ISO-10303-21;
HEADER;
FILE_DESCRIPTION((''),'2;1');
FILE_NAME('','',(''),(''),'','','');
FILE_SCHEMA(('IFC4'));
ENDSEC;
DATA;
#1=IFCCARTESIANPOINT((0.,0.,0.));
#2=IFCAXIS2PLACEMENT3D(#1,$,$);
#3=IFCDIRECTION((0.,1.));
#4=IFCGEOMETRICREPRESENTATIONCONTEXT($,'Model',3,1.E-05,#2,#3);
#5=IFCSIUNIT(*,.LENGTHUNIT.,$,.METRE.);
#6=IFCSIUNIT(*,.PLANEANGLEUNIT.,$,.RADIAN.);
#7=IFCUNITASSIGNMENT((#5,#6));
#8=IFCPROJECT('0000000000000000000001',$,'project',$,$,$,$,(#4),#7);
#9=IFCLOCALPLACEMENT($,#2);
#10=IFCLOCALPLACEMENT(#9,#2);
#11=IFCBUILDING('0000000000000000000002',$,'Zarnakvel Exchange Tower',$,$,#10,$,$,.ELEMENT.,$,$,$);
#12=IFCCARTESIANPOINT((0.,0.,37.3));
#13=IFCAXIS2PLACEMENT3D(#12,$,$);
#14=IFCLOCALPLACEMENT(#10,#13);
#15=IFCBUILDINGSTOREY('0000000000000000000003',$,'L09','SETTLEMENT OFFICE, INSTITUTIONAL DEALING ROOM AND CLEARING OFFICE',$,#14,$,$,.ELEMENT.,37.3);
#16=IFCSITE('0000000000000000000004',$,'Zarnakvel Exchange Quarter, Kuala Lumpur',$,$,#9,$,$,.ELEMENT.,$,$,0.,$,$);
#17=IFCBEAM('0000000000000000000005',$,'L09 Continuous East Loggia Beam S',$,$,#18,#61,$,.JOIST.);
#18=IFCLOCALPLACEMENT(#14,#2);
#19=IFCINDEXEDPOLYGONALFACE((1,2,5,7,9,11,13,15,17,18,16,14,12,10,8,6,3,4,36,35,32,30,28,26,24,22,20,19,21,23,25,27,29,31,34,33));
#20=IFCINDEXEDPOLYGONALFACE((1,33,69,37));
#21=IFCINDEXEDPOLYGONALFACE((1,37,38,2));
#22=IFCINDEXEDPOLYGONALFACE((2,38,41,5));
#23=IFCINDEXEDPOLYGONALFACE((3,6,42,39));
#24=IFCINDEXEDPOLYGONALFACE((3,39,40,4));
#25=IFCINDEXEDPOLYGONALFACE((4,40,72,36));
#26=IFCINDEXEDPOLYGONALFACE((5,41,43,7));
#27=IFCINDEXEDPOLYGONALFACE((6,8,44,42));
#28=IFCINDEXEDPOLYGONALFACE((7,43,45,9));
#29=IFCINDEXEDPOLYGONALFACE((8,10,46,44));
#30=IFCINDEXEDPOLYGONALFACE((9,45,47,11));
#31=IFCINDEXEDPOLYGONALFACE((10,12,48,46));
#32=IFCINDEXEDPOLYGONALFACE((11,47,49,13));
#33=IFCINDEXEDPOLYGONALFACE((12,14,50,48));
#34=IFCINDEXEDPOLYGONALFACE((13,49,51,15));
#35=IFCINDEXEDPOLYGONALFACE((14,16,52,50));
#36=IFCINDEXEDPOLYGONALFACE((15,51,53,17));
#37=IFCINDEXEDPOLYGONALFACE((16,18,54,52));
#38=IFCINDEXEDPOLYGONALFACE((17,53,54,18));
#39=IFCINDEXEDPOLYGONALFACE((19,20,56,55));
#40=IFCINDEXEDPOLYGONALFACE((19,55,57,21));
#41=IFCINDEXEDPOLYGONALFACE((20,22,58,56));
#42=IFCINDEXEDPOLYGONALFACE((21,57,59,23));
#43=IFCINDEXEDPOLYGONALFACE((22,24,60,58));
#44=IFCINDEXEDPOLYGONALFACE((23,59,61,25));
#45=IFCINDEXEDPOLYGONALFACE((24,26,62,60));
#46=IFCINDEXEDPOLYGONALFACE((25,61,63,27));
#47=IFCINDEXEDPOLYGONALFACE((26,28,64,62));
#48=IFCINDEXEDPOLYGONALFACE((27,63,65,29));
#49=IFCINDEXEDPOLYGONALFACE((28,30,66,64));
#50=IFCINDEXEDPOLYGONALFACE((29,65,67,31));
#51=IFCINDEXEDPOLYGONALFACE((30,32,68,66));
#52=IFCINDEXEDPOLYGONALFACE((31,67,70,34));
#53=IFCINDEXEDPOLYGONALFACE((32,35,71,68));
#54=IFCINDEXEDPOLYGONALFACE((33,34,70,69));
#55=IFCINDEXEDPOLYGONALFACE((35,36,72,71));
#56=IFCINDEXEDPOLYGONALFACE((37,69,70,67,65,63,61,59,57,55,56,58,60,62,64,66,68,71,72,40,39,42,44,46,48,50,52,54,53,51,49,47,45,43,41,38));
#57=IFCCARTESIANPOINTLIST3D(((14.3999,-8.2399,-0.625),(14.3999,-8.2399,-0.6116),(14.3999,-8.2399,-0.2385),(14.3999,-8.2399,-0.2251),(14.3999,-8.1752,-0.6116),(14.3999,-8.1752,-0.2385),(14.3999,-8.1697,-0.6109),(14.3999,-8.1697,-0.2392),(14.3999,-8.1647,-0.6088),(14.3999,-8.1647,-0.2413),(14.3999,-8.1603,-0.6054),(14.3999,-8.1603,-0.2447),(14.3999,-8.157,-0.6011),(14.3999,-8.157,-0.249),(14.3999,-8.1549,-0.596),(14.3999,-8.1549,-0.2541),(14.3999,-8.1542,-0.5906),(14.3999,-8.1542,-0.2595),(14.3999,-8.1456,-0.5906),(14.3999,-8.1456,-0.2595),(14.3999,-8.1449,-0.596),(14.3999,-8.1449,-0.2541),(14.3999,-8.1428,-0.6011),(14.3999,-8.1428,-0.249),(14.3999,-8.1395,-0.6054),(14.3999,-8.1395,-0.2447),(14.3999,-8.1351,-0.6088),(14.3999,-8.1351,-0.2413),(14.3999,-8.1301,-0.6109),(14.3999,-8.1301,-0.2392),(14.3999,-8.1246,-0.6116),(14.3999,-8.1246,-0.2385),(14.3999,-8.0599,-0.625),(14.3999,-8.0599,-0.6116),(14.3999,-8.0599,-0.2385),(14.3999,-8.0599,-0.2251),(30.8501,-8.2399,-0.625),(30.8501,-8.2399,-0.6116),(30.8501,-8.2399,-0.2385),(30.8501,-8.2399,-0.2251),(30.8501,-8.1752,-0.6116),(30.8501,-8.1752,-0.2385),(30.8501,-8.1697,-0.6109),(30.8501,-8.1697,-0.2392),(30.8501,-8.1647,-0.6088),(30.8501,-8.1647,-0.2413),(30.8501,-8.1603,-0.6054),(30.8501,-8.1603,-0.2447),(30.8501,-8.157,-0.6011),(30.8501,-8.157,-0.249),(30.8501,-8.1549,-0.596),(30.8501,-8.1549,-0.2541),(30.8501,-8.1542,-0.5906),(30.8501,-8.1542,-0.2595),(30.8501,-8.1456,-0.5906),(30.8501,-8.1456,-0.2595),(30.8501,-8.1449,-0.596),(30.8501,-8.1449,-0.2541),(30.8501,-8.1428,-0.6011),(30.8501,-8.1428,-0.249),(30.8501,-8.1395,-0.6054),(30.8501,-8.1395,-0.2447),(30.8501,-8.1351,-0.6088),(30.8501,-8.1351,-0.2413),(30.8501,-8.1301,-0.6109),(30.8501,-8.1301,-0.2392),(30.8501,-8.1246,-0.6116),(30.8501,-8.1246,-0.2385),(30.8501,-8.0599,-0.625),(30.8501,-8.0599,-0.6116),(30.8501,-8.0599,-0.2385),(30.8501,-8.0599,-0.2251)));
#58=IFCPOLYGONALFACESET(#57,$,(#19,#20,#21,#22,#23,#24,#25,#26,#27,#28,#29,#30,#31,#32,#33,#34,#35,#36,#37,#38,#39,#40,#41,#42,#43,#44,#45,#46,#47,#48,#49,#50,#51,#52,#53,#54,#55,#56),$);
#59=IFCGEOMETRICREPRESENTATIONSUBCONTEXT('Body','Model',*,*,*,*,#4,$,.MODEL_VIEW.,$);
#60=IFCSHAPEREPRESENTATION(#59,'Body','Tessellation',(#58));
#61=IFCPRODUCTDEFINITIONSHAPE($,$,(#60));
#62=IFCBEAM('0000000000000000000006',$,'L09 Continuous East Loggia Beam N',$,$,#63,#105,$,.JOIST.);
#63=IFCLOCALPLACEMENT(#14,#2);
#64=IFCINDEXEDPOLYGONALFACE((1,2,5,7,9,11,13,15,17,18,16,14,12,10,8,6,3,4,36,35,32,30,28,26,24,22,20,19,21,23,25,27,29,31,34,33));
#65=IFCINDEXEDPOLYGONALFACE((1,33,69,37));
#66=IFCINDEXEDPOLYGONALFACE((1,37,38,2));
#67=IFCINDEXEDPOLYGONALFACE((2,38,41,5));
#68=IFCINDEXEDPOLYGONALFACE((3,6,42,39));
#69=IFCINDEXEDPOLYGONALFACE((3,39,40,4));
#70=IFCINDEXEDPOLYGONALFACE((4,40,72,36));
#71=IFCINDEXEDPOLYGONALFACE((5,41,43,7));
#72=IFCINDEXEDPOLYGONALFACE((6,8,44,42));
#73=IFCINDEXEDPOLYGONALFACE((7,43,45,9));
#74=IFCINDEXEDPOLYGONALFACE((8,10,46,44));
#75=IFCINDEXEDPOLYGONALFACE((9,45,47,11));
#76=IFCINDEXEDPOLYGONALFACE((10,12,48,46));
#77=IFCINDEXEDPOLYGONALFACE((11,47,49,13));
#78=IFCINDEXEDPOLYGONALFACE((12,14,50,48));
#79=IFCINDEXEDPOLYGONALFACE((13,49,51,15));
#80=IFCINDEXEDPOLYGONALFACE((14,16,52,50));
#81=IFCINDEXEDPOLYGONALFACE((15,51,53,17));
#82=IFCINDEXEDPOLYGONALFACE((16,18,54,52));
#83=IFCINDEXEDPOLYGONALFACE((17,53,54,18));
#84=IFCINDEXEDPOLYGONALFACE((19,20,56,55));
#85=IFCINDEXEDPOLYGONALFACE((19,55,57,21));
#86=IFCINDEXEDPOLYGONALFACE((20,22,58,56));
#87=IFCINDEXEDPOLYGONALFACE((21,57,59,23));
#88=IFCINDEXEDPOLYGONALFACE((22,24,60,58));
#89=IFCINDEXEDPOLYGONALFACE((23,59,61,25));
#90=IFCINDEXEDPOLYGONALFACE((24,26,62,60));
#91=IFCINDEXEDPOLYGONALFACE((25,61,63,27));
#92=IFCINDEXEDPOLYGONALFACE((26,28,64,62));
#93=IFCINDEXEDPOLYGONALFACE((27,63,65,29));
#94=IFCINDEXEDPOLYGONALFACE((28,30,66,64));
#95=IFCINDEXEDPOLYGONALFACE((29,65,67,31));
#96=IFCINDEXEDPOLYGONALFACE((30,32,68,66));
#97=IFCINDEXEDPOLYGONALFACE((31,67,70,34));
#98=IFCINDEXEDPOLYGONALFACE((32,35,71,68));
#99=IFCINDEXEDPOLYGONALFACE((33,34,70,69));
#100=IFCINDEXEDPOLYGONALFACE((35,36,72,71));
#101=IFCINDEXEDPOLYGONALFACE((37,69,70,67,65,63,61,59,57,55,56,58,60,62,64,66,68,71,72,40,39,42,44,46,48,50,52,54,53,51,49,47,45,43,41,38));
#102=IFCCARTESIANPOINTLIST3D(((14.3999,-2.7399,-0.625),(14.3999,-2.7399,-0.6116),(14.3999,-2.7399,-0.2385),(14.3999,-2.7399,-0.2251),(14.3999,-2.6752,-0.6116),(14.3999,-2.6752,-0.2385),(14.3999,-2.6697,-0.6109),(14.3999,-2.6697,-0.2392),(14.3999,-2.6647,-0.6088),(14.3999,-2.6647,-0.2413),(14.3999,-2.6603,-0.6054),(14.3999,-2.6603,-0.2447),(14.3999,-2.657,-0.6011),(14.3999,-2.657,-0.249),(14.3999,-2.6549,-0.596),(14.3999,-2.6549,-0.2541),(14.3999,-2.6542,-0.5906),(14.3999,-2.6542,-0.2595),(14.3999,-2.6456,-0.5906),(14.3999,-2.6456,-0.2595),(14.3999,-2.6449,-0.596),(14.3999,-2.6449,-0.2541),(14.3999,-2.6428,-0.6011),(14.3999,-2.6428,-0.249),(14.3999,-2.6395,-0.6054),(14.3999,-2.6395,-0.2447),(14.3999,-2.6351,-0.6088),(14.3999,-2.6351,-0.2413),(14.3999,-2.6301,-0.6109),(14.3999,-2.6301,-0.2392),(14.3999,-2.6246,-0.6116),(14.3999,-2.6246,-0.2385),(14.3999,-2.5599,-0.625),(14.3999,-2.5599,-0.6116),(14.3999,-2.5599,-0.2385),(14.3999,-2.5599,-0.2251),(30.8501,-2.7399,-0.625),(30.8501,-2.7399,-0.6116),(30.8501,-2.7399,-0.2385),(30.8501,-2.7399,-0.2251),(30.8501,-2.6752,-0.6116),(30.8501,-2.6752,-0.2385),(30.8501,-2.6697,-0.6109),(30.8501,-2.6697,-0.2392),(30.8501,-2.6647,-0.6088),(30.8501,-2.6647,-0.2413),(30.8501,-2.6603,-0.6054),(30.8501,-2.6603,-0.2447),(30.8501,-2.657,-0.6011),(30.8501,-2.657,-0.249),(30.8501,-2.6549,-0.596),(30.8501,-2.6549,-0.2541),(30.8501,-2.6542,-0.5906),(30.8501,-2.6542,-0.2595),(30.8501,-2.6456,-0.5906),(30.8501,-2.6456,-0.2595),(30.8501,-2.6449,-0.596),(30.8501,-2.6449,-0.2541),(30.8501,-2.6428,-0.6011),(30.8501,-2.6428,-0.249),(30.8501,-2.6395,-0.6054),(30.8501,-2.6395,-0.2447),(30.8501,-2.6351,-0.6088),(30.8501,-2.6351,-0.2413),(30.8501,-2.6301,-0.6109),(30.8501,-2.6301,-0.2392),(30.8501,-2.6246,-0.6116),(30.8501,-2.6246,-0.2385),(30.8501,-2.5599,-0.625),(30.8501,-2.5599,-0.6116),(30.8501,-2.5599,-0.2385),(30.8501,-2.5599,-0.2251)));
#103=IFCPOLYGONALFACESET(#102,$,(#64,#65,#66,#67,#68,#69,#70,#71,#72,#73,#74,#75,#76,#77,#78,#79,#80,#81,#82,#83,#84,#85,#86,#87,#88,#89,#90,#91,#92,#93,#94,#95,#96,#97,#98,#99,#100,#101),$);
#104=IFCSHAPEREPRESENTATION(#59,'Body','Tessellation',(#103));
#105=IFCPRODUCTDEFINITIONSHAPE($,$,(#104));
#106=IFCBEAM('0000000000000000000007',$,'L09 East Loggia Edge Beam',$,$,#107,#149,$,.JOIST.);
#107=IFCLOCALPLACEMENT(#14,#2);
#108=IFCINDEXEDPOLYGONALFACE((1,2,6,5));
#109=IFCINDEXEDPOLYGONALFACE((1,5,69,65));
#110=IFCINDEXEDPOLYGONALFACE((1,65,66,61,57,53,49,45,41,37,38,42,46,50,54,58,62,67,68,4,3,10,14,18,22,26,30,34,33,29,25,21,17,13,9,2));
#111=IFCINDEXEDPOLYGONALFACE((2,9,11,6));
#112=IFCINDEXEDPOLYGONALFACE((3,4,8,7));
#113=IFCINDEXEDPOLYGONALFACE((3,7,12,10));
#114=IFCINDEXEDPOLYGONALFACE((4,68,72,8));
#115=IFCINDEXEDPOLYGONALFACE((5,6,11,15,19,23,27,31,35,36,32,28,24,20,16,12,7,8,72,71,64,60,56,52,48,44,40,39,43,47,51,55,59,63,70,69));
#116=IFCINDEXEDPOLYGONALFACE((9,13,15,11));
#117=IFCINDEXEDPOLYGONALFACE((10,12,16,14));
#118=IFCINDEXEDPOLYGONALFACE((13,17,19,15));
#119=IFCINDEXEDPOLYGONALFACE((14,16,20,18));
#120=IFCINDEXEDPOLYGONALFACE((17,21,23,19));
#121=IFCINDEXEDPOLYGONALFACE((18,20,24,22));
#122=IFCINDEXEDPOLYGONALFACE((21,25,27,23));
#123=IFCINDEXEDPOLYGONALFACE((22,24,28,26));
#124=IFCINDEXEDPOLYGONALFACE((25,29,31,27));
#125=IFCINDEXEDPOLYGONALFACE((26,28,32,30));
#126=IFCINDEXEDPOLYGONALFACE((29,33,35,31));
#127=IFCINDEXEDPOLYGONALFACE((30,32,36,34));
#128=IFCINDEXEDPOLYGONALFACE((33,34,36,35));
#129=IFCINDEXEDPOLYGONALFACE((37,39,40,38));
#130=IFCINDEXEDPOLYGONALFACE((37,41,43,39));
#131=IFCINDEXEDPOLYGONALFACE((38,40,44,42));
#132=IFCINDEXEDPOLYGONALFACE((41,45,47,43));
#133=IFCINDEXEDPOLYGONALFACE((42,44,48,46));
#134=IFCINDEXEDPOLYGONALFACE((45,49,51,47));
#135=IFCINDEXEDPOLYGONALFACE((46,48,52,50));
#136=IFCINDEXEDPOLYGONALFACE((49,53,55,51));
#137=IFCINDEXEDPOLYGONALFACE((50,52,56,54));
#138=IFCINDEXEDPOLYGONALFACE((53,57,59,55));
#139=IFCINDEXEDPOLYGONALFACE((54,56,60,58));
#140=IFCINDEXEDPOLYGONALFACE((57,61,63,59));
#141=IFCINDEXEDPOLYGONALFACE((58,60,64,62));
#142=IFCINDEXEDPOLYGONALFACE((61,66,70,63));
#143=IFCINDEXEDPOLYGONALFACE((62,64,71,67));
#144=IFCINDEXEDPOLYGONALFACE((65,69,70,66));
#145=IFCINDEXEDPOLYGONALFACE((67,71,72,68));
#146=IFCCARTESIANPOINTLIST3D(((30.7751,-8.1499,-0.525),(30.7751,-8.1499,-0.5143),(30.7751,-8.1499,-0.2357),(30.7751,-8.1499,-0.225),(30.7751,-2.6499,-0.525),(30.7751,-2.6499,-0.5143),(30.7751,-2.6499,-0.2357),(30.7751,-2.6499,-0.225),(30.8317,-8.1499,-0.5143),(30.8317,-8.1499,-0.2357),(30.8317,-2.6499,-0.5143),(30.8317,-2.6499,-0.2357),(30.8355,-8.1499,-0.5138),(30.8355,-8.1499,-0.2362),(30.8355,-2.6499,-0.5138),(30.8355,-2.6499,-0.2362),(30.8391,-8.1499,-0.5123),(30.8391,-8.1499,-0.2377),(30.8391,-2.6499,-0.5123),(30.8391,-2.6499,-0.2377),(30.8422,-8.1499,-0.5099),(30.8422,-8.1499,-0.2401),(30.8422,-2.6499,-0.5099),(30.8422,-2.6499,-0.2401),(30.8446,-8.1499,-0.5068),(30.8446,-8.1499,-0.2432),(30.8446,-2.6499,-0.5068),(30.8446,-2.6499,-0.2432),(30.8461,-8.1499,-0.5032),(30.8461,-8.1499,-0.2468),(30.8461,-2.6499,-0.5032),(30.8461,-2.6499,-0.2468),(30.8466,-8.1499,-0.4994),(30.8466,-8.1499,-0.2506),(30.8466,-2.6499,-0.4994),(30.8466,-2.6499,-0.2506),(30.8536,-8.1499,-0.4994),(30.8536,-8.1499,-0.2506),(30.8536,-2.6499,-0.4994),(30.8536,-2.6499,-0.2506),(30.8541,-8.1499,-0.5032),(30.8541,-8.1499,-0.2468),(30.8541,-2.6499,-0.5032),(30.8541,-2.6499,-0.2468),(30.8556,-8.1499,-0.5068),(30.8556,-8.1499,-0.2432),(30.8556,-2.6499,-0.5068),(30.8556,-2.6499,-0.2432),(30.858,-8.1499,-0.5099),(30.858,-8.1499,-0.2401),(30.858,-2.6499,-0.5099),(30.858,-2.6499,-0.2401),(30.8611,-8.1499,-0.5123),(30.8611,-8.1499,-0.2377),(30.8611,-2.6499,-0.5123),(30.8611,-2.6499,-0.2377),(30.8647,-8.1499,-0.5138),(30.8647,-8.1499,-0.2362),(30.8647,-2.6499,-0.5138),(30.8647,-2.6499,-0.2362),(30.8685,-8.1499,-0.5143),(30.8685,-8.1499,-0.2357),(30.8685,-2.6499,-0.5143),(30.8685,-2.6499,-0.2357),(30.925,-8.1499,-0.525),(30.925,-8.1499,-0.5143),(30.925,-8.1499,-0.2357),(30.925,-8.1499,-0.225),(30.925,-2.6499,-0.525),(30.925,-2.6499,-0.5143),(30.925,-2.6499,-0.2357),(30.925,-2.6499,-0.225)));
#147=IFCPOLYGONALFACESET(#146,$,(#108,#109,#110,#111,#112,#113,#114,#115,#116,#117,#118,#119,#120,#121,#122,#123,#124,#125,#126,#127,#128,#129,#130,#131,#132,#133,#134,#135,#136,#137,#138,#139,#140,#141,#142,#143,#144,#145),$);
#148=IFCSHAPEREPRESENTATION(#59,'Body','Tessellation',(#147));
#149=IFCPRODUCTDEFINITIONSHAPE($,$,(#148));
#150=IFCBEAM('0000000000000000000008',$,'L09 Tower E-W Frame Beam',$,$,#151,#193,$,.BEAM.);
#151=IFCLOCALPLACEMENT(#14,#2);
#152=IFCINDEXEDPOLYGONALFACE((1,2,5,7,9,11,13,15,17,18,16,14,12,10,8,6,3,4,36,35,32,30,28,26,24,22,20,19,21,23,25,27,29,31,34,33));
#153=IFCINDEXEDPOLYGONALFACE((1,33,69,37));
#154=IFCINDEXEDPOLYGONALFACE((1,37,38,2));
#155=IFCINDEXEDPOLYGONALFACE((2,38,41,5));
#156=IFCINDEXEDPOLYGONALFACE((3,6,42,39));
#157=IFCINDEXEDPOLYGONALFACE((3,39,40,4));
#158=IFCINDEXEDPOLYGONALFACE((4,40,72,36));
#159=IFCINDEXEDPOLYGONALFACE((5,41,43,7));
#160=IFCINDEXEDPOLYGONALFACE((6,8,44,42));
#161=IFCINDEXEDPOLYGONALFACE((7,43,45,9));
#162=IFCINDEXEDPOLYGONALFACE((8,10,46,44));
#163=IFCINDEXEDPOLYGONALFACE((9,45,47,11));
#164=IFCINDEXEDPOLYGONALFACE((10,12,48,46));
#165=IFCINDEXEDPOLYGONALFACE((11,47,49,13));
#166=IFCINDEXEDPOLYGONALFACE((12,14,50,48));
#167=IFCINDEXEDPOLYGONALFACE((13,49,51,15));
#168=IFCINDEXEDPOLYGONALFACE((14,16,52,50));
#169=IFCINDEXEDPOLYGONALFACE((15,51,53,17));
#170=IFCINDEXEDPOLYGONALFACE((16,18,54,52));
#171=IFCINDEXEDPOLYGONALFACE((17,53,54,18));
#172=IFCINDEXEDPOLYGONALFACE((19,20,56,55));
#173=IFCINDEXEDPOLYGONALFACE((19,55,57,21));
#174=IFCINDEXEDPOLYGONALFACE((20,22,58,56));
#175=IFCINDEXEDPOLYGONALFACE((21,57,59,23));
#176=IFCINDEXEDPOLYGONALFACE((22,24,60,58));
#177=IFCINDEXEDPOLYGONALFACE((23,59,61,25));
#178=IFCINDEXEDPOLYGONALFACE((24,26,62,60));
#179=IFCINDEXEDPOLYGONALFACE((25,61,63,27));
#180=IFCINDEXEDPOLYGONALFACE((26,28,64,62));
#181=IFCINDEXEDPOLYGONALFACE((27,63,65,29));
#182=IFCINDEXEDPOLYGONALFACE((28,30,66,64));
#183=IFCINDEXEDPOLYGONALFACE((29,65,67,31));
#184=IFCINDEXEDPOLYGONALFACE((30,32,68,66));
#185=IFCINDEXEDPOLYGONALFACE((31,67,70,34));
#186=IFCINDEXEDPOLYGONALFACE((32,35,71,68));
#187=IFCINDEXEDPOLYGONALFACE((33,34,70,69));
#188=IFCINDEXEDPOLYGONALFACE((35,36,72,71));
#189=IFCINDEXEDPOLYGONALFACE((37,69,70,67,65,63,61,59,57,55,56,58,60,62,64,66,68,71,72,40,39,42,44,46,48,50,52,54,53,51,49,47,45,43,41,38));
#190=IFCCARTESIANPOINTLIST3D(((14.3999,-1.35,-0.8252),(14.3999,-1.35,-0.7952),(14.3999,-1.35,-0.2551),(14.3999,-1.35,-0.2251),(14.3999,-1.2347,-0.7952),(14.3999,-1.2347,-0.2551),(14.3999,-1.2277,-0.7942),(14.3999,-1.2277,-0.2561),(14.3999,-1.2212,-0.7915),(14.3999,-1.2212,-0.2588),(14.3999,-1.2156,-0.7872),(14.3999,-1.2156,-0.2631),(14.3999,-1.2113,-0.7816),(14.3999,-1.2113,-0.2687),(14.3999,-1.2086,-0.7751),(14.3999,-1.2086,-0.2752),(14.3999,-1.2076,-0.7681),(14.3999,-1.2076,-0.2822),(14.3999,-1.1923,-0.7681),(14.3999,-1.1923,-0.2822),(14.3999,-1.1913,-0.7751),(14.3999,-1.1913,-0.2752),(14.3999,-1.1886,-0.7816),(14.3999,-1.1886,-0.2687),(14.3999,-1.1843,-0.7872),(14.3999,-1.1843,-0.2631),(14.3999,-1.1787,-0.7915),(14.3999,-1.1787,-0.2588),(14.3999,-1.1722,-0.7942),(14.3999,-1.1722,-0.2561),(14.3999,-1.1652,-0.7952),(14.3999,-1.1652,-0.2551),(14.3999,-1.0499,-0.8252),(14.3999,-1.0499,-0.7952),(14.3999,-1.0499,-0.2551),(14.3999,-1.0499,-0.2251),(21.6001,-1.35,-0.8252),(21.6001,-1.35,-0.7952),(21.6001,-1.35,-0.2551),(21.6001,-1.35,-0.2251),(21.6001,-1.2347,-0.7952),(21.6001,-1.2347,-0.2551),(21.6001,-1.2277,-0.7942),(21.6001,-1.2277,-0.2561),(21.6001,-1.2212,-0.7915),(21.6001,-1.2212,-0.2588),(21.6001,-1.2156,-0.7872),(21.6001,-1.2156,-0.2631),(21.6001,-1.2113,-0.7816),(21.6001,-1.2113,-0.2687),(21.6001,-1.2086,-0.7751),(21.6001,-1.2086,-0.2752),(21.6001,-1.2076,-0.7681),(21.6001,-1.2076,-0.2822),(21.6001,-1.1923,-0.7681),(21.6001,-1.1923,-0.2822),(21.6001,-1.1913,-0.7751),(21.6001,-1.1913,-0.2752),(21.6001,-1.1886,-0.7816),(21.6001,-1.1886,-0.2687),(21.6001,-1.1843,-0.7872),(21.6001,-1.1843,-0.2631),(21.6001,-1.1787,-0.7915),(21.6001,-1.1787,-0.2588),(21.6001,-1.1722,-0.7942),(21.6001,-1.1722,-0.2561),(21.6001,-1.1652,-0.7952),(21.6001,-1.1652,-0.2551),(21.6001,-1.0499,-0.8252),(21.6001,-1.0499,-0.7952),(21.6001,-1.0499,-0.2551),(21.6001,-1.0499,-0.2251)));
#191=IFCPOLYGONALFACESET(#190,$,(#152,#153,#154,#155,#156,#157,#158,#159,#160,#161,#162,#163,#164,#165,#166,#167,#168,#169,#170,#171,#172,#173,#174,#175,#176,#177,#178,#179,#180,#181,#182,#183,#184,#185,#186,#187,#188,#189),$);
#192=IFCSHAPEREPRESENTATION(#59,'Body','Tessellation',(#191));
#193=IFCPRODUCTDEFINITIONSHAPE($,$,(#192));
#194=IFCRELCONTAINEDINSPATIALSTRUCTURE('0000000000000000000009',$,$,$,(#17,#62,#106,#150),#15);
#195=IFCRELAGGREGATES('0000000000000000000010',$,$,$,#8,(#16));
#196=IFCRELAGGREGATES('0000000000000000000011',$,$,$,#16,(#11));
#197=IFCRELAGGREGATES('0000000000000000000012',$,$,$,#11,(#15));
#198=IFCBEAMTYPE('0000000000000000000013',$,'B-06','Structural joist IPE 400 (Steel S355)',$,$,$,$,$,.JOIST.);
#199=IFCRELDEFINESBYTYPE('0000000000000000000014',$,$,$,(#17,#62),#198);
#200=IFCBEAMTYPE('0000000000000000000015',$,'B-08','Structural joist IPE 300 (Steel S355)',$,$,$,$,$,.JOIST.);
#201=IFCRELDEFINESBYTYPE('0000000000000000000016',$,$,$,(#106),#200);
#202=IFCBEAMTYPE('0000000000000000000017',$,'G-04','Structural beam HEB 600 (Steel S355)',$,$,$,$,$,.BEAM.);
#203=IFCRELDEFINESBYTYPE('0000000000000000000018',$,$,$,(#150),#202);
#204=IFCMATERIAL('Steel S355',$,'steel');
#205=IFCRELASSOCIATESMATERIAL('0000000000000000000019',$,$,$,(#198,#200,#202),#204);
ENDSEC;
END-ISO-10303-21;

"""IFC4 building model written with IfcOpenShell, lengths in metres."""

from ifc_helpers import new_model, si_unit, direction, frame, origin, origin_2d, place, context, subcontext, project, spatial, i_section, extrude, material, material_profile, profile_set, type_object, element, save


model = new_model("IFC4")

# Units and contexts
model_context = context("Model", 3, precision=1e-05, world=origin(), true_north=direction((0.0, 1.0)))
body_context = subcontext(model_context, "Body", "Model", "MODEL_VIEW")
ifc_project = project(units=[si_unit("LENGTHUNIT", "METRE"), si_unit("PLANEANGLEUNIT", "RADIAN")], contexts=[model_context])

# Site, building, storey
site_placement = place(None, origin())
site = spatial("IfcSite", under=ifc_project, at=site_placement, Name="Zarnakvel Exchange Quarter, Kuala Lumpur", CompositionType="ELEMENT", RefElevation=0.0)
building_placement = place(site_placement, origin())
building = spatial("IfcBuilding", under=site, at=building_placement, Name="Zarnakvel Exchange Tower", CompositionType="ELEMENT")
storey_placement = place(building_placement, frame((0.0, 0.0, 37.3)))
storey = spatial("IfcBuildingStorey", under=building, at=storey_placement, Name="L09", Description="SETTLEMENT OFFICE, INSTITUTIONAL DEALING ROOM AND CLEARING OFFICE", CompositionType="ELEMENT", Elevation=37.3)

# Shared definitions
ifc_material_1 = material(Name="Steel S355", Category="steel")

# Beams
ifc_material_profile_1 = material_profile(ifc_material_1, i_section(OverallWidth=0.1799, OverallDepth=0.3999, WebThickness=0.0085, FlangeThickness=0.0134, FilletRadius=0.021, at=origin_2d()))
ifc_profile_set_1 = profile_set([ifc_material_profile_1], Name="Steel S355")
beam_type_1 = type_object("IfcBeamType", Name="B-06", Description="Structural joist IPE 400 (Steel S355)", PredefinedType="JOIST", material=ifc_profile_set_1)
for number, where, z_axis, x_axis, name in (
    (1, (14.3999, -8.1499, -0.425), (1.0, 0.0, 0.0), (0.0, 1.0, 0.0), "L09 Continuous East Loggia Beam S"),
    (2, (14.3999, -2.6499, -0.425), (1.0, 0.0, 0.0), (0.0, 1.0, 0.0), "L09 Continuous East Loggia Beam N"),
):
    element("IfcBeam", number, at=place(storey_placement, frame(where, z_axis=z_axis, x_axis=x_axis)), inside=storey, type_object=beam_type_1, Name=name, PredefinedType="JOIST", context=body_context, shape_type="SweptSolid", body=[
        extrude(i_section(OverallWidth=0.1799, OverallDepth=0.3999, WebThickness=0.0085, FlangeThickness=0.0134, FilletRadius=0.021, at=origin_2d()), origin(), (0.0, 0.0, 1.0), 16.4502),
    ])
ifc_material_profile_2 = material_profile(ifc_material_1, i_section(OverallWidth=0.1499, OverallDepth=0.3, WebThickness=0.0071, FlangeThickness=0.0107, FilletRadius=0.0149, at=origin_2d()))
ifc_profile_set_2 = profile_set([ifc_material_profile_2], Name="Steel S355")
beam_type_2 = type_object("IfcBeamType", Name="B-08", Description="Structural joist IPE 300 (Steel S355)", PredefinedType="JOIST", material=ifc_profile_set_2)
beam_1_placement = place(storey_placement, frame((30.8501, -8.1499, -0.375), z_axis=(0.0, 1.0, 0.0), x_axis=(-1.0, 0.0, 0.0)))
element("IfcBeam", 3, at=beam_1_placement, inside=storey, type_object=beam_type_2, Name="L09 East Loggia Edge Beam", PredefinedType="JOIST", context=body_context, shape_type="SweptSolid", body=[
    extrude(i_section(OverallWidth=0.1499, OverallDepth=0.3, WebThickness=0.0071, FlangeThickness=0.0107, FilletRadius=0.0149, at=origin_2d()), origin(), (0.0, 0.0, 1.0), 5.5),
])
ifc_material_profile_3 = material_profile(ifc_material_1, i_section(OverallWidth=0.3, OverallDepth=0.6001, WebThickness=0.0154, FlangeThickness=0.03, FilletRadius=0.0271, at=origin_2d()))
ifc_profile_set_3 = profile_set([ifc_material_profile_3], Name="Steel S355")
beam_type_3 = type_object("IfcBeamType", Name="G-04", Description="Structural beam HEB 600 (Steel S355)", PredefinedType="BEAM", material=ifc_profile_set_3)
beam_2_placement = place(storey_placement, frame((14.3999, -1.2, -0.5251), z_axis=(1.0, 0.0, 0.0), x_axis=(0.0, 1.0, 0.0)))
element("IfcBeam", 4, at=beam_2_placement, inside=storey, type_object=beam_type_3, Name="L09 Tower E-W Frame Beam", PredefinedType="BEAM", context=body_context, shape_type="SweptSolid", body=[
    extrude(i_section(OverallWidth=0.3, OverallDepth=0.6001, WebThickness=0.0154, FlangeThickness=0.03, FilletRadius=0.0271, at=origin_2d()), origin(), (0.0, 0.0, 1.0), 7.2002),
])

save(model, "model.ifc")
